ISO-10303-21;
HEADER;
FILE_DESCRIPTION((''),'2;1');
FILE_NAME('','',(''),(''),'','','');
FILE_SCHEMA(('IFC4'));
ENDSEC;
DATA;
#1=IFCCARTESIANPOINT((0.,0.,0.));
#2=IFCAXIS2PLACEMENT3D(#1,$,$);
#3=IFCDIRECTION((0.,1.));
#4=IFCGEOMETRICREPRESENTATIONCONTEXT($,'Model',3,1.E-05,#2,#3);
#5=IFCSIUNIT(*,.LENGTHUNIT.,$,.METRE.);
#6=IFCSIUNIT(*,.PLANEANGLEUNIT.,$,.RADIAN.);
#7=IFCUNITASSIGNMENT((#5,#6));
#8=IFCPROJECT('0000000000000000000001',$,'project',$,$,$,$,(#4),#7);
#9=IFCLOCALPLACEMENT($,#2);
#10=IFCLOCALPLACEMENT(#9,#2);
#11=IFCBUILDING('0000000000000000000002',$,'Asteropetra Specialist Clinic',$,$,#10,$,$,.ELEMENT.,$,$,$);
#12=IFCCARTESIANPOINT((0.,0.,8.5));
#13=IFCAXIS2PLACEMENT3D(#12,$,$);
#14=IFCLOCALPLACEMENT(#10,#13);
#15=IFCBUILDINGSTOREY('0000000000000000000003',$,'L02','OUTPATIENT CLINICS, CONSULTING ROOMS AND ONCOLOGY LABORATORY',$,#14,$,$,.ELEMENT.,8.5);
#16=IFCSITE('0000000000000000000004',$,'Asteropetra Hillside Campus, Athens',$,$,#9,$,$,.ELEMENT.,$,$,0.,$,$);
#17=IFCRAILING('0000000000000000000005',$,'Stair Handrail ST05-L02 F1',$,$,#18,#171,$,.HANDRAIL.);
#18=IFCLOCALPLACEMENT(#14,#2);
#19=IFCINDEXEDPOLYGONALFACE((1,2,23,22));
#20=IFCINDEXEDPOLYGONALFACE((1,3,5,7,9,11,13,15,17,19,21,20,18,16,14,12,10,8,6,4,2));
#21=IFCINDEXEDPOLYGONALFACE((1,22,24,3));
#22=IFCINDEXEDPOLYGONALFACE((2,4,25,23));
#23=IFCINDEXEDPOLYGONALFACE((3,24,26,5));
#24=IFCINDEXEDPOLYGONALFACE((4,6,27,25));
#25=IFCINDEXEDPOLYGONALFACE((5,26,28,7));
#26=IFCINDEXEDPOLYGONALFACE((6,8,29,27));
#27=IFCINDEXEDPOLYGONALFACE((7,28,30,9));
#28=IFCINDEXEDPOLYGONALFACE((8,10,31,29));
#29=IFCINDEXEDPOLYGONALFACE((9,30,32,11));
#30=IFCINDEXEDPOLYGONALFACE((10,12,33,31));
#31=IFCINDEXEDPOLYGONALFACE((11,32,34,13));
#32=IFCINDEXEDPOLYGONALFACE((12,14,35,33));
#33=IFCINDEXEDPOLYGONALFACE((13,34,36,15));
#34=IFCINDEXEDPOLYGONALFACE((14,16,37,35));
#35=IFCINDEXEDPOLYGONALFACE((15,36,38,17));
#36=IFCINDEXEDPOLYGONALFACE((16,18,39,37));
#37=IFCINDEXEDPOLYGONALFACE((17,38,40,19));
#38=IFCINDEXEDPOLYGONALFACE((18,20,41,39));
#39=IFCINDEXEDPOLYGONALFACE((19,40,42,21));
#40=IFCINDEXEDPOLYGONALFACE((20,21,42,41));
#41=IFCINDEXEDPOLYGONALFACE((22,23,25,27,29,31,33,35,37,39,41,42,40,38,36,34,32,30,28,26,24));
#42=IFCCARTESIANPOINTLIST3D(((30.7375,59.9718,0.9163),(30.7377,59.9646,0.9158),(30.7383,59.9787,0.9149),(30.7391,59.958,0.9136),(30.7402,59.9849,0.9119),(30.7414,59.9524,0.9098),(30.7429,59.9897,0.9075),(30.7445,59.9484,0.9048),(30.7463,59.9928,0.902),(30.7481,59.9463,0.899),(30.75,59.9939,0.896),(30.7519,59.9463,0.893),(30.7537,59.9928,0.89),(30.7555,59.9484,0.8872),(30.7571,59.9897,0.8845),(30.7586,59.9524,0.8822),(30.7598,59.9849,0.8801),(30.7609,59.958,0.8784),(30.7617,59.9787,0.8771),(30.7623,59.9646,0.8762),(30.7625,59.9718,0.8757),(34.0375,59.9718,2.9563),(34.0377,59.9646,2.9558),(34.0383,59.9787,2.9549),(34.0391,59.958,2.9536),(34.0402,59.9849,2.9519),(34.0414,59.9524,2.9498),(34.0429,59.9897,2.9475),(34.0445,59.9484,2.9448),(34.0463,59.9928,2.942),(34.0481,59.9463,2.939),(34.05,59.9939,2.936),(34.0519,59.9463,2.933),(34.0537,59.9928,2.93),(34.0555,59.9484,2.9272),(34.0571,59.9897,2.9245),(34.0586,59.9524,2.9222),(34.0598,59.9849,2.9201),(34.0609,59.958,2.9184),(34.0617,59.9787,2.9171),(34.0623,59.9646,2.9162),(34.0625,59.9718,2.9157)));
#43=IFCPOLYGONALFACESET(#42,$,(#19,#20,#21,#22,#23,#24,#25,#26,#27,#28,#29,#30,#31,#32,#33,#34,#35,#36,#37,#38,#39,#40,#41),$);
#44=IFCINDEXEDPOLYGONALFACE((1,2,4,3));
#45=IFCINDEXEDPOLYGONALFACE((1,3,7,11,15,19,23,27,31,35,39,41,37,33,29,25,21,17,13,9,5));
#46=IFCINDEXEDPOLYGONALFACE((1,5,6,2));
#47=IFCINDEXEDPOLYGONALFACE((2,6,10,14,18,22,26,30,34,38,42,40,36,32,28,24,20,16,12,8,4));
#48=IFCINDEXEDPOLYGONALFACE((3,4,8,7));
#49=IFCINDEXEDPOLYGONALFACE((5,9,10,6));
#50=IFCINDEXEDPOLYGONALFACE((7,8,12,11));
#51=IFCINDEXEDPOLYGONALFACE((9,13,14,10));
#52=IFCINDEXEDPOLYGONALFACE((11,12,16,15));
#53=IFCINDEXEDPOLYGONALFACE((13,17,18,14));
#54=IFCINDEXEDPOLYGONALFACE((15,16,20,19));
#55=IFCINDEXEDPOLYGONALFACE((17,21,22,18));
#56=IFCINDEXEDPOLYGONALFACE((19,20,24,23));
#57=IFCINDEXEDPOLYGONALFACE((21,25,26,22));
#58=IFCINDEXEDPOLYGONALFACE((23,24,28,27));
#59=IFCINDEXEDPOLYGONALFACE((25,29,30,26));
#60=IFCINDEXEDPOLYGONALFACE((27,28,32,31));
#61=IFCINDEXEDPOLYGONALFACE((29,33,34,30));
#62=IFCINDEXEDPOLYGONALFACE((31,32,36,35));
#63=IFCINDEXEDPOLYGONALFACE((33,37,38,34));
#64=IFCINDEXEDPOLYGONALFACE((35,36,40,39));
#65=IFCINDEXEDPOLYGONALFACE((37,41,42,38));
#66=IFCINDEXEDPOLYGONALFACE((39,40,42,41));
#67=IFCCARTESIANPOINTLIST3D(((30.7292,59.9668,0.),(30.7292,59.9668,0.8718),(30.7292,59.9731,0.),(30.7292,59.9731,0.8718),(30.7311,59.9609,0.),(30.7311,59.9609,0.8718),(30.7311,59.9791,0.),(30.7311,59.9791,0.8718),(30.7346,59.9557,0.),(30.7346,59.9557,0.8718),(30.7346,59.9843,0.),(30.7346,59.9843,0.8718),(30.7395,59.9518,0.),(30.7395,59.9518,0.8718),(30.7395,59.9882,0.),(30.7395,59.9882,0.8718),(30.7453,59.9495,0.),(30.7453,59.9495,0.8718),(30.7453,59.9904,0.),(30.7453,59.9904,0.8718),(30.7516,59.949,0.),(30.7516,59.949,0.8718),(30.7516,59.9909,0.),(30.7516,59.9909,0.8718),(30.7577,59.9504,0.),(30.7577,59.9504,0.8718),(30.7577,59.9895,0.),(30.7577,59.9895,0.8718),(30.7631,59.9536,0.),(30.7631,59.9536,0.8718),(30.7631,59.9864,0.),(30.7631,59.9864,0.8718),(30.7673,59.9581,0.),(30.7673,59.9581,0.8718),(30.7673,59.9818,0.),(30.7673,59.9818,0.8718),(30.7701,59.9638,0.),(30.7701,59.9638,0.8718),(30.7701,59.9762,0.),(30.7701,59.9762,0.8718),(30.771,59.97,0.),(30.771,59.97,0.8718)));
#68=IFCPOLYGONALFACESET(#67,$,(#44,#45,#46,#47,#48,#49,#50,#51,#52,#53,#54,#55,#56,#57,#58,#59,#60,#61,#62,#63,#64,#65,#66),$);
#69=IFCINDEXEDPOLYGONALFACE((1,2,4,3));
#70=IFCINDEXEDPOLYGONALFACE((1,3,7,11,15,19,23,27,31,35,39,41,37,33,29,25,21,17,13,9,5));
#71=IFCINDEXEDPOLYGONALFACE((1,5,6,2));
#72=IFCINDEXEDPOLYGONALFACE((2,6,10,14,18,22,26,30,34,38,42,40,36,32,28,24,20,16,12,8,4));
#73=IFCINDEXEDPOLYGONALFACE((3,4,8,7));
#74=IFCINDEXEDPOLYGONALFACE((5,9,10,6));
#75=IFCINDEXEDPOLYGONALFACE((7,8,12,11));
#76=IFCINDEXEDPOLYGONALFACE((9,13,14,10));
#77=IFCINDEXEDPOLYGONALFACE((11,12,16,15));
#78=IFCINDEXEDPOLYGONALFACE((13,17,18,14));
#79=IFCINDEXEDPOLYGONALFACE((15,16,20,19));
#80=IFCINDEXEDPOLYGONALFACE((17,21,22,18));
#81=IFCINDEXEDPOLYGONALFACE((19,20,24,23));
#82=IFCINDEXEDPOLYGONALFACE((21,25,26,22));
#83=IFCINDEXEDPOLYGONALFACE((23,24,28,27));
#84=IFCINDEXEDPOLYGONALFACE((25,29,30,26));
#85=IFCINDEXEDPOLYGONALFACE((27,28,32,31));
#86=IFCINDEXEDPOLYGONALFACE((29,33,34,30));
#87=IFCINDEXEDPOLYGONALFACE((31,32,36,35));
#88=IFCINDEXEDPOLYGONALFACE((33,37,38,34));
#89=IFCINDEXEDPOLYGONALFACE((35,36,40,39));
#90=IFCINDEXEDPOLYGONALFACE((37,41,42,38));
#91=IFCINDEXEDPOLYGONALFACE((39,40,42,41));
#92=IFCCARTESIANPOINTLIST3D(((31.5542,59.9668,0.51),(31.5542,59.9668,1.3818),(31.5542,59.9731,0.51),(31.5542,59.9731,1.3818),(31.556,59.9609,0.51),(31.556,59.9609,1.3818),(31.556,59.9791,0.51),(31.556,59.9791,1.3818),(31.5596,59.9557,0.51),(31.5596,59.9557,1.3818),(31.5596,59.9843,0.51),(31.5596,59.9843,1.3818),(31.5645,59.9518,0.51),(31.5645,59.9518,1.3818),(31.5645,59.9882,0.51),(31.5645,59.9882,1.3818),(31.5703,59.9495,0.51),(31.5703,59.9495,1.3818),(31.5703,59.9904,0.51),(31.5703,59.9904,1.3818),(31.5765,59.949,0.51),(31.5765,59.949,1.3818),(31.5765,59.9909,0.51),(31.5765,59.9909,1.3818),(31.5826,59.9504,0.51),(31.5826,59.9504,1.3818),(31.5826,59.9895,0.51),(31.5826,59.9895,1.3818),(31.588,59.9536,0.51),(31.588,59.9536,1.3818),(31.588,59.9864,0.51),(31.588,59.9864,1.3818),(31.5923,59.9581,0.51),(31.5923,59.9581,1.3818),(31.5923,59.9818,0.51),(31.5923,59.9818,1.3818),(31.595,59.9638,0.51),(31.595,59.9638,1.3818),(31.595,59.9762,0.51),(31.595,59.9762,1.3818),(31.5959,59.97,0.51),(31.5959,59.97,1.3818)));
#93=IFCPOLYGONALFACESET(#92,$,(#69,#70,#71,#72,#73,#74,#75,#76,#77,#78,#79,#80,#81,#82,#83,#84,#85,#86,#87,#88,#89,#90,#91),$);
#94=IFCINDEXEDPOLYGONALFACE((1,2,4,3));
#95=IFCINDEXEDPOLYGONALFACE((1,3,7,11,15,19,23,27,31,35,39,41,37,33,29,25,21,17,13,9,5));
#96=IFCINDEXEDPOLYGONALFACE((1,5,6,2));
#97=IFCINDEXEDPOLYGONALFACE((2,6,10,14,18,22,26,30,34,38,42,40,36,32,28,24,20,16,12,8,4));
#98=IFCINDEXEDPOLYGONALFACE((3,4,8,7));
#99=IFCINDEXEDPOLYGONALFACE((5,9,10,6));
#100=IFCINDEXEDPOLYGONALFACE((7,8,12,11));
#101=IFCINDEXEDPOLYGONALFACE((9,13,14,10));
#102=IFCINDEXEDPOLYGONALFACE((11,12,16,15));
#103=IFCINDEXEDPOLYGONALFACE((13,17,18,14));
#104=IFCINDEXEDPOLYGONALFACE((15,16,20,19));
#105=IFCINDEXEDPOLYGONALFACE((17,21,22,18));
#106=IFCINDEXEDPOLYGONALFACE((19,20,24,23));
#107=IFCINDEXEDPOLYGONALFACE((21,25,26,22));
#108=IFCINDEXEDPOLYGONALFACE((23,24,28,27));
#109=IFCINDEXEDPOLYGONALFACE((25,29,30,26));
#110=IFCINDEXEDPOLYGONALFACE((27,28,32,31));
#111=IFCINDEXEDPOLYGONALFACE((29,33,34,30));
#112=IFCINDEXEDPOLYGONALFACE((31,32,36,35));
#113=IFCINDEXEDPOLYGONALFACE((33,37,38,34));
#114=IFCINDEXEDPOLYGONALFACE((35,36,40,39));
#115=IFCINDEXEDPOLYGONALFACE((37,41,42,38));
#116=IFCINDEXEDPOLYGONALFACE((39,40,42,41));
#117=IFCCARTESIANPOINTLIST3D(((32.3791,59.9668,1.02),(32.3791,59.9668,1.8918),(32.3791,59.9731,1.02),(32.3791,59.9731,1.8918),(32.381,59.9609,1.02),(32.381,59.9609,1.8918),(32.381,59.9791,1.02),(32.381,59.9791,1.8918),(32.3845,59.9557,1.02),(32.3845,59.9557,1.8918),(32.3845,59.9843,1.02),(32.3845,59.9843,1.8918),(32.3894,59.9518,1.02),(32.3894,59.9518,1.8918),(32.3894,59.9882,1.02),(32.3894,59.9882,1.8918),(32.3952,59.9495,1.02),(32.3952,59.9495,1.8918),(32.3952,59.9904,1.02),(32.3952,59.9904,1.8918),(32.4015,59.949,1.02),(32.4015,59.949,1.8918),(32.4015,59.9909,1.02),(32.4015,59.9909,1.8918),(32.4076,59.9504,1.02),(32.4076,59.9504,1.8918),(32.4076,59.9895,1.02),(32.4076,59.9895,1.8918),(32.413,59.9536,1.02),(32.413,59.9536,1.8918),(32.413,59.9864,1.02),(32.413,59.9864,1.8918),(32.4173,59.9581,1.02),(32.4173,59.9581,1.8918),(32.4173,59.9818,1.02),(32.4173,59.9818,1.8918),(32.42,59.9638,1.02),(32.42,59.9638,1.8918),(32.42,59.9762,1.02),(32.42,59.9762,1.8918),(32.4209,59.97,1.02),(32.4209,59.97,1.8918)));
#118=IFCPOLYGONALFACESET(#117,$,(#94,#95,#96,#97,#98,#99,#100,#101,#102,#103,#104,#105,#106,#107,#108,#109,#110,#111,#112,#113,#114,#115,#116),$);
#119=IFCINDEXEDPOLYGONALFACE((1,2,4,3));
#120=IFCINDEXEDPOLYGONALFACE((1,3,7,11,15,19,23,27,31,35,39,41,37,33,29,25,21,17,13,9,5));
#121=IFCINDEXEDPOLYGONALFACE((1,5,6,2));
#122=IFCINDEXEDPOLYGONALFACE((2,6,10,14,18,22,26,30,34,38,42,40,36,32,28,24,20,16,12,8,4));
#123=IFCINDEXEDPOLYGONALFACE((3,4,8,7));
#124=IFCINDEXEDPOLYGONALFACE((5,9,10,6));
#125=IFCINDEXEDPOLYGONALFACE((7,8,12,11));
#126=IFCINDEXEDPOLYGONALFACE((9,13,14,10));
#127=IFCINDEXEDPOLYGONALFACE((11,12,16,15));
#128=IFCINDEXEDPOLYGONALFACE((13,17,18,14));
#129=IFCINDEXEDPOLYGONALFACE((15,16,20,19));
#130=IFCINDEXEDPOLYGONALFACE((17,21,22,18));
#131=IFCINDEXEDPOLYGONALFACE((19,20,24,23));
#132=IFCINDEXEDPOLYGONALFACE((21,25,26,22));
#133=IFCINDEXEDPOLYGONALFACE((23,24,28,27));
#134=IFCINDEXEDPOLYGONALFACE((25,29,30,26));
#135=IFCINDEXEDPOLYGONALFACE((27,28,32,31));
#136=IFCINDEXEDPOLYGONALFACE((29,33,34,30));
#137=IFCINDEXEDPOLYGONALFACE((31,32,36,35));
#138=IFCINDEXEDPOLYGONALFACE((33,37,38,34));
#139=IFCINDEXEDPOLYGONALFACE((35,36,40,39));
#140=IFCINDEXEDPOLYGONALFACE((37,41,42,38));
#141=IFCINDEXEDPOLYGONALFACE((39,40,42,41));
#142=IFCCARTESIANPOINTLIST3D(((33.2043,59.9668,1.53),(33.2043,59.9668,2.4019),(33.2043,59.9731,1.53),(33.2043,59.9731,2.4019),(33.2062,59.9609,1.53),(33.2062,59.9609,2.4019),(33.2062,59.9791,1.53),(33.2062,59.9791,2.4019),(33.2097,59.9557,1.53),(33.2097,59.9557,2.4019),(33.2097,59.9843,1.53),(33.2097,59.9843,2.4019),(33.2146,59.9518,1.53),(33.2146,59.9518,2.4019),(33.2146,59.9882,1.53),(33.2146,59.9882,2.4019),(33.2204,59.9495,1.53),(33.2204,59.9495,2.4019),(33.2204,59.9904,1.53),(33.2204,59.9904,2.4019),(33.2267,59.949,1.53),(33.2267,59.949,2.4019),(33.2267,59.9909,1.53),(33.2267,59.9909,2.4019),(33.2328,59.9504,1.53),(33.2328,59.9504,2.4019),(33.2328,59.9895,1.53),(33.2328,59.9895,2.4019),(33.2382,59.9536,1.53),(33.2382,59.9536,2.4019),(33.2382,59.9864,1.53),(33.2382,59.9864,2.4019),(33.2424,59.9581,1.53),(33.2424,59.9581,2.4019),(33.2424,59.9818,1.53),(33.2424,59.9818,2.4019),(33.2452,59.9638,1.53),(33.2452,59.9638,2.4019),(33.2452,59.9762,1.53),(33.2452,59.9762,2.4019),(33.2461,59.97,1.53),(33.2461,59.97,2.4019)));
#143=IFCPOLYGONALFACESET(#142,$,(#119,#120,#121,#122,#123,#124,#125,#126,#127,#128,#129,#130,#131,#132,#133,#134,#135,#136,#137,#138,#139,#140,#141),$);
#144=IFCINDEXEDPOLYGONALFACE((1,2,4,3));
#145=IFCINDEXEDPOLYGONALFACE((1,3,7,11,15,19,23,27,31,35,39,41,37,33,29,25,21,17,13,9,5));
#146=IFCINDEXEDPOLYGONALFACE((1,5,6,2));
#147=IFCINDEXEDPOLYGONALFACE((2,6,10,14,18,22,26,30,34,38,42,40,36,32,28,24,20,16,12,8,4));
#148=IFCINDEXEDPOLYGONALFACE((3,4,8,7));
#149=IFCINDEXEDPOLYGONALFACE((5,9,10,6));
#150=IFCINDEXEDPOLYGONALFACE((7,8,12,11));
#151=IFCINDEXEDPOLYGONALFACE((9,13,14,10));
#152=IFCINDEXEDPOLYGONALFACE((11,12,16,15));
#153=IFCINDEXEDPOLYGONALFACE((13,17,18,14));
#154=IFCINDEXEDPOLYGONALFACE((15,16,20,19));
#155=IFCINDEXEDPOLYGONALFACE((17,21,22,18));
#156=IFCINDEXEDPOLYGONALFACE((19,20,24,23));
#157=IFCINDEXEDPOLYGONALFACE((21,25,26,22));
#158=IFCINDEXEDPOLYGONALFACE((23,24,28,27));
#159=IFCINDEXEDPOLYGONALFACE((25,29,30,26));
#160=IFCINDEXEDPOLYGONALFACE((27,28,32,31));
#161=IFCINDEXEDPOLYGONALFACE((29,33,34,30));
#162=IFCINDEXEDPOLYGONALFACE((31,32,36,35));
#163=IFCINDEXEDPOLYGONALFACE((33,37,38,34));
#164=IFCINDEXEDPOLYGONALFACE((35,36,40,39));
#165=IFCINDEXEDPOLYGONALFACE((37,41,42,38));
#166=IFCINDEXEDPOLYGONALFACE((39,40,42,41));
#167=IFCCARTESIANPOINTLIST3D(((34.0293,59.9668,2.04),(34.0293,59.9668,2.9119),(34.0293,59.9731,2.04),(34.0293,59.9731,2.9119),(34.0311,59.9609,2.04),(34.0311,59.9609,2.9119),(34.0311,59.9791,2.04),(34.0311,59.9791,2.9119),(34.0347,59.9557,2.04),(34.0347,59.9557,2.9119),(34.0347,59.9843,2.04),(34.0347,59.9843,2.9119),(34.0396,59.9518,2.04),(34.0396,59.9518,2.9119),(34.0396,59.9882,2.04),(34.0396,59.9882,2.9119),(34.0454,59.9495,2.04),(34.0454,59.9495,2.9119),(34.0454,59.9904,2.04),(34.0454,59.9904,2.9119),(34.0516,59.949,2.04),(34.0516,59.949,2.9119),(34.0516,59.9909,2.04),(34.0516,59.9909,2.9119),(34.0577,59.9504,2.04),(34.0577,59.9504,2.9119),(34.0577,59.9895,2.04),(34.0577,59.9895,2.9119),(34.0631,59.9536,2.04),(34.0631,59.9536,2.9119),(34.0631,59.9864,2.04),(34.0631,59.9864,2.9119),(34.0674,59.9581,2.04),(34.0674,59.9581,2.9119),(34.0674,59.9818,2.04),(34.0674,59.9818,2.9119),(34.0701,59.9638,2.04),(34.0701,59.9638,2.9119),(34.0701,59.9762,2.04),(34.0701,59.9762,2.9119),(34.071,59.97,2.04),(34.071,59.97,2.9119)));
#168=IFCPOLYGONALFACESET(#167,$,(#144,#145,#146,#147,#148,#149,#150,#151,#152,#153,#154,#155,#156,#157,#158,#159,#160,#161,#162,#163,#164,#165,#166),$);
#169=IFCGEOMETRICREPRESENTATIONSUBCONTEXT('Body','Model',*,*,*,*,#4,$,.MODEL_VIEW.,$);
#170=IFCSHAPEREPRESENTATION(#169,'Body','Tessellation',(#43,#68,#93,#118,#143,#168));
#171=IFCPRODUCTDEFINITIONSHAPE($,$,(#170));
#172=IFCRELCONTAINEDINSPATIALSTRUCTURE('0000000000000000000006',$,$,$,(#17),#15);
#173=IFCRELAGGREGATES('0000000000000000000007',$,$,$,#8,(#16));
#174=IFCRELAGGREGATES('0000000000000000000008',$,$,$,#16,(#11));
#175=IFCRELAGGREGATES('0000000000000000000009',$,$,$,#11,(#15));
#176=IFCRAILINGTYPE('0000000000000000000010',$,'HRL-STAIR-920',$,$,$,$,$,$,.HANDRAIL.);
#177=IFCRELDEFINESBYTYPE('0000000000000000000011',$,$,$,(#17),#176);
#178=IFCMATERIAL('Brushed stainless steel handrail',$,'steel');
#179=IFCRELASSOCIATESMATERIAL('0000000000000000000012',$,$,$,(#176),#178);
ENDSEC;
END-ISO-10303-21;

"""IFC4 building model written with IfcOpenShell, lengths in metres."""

from ifc_helpers import new_model, si_unit, direction, frame, origin, origin_2d, place, context, subcontext, project, spatial, circle, extrude, material, type_object, element, save


model = new_model("IFC4")

# Units and contexts
model_context = context("Model", 3, precision=1e-05, world=origin(), true_north=direction((0.0, 1.0)))
body_context = subcontext(model_context, "Body", "Model", "MODEL_VIEW")
ifc_project = project(units=[si_unit("LENGTHUNIT", "METRE"), si_unit("PLANEANGLEUNIT", "RADIAN")], contexts=[model_context])

# Site, building, storey
site_placement = place(None, origin())
site = spatial("IfcSite", under=ifc_project, at=site_placement, Name="Asteropetra Hillside Campus, Athens", CompositionType="ELEMENT", RefElevation=0.0)
building_placement = place(site_placement, origin())
building = spatial("IfcBuilding", under=site, at=building_placement, Name="Asteropetra Specialist Clinic", CompositionType="ELEMENT")
storey_placement = place(building_placement, frame((0.0, 0.0, 8.5)))
storey = spatial("IfcBuildingStorey", under=building, at=storey_placement, Name="L02", Description="OUTPATIENT CLINICS, CONSULTING ROOMS AND ONCOLOGY LABORATORY", CompositionType="ELEMENT", Elevation=8.5)

# Railing
ifc_material_1 = material(Name="Brushed stainless steel handrail", Category="steel")
railing_type_1 = type_object("IfcRailingType", Name="HRL-STAIR-920", PredefinedType="HANDRAIL", material=ifc_material_1)
railing_1_placement = place(storey_placement, frame((30.75, 59.97, 0.0)))
element("IfcRailing", 1, at=railing_1_placement, inside=storey, type_object=railing_type_1, Name="Stair Handrail ST05-L02 F1", PredefinedType="HANDRAIL", context=body_context, shape_type="SweptSolid", body=[
    extrude(circle(Radius=0.0239, at=origin_2d()), frame((0.0, 0.0, 0.896), z_axis=(0.850594, 0.0, 0.525824), x_axis=(0.0, 1.0, 0.0)), (0.0, 0.0, 1.0), 3.8796),
    extrude(circle(Radius=0.021, at=origin_2d()), origin(), (0.0, 0.0, 1.0), 0.8718),
    extrude(circle(Radius=0.021, at=origin_2d()), frame((0.825, 0.0, 0.51)), (0.0, 0.0, 1.0), 0.8718),
    extrude(circle(Radius=0.021, at=origin_2d()), frame((1.6499, 0.0, 1.02)), (0.0, 0.0, 1.0), 0.8718),
    extrude(circle(Radius=0.021, at=origin_2d()), frame((2.4751, 0.0, 1.53)), (0.0, 0.0, 1.0), 0.8718),
    extrude(circle(Radius=0.021, at=origin_2d()), frame((3.3, 0.0, 2.04)), (0.0, 0.0, 1.0), 0.8718),
])

save(model, "model.ifc")
